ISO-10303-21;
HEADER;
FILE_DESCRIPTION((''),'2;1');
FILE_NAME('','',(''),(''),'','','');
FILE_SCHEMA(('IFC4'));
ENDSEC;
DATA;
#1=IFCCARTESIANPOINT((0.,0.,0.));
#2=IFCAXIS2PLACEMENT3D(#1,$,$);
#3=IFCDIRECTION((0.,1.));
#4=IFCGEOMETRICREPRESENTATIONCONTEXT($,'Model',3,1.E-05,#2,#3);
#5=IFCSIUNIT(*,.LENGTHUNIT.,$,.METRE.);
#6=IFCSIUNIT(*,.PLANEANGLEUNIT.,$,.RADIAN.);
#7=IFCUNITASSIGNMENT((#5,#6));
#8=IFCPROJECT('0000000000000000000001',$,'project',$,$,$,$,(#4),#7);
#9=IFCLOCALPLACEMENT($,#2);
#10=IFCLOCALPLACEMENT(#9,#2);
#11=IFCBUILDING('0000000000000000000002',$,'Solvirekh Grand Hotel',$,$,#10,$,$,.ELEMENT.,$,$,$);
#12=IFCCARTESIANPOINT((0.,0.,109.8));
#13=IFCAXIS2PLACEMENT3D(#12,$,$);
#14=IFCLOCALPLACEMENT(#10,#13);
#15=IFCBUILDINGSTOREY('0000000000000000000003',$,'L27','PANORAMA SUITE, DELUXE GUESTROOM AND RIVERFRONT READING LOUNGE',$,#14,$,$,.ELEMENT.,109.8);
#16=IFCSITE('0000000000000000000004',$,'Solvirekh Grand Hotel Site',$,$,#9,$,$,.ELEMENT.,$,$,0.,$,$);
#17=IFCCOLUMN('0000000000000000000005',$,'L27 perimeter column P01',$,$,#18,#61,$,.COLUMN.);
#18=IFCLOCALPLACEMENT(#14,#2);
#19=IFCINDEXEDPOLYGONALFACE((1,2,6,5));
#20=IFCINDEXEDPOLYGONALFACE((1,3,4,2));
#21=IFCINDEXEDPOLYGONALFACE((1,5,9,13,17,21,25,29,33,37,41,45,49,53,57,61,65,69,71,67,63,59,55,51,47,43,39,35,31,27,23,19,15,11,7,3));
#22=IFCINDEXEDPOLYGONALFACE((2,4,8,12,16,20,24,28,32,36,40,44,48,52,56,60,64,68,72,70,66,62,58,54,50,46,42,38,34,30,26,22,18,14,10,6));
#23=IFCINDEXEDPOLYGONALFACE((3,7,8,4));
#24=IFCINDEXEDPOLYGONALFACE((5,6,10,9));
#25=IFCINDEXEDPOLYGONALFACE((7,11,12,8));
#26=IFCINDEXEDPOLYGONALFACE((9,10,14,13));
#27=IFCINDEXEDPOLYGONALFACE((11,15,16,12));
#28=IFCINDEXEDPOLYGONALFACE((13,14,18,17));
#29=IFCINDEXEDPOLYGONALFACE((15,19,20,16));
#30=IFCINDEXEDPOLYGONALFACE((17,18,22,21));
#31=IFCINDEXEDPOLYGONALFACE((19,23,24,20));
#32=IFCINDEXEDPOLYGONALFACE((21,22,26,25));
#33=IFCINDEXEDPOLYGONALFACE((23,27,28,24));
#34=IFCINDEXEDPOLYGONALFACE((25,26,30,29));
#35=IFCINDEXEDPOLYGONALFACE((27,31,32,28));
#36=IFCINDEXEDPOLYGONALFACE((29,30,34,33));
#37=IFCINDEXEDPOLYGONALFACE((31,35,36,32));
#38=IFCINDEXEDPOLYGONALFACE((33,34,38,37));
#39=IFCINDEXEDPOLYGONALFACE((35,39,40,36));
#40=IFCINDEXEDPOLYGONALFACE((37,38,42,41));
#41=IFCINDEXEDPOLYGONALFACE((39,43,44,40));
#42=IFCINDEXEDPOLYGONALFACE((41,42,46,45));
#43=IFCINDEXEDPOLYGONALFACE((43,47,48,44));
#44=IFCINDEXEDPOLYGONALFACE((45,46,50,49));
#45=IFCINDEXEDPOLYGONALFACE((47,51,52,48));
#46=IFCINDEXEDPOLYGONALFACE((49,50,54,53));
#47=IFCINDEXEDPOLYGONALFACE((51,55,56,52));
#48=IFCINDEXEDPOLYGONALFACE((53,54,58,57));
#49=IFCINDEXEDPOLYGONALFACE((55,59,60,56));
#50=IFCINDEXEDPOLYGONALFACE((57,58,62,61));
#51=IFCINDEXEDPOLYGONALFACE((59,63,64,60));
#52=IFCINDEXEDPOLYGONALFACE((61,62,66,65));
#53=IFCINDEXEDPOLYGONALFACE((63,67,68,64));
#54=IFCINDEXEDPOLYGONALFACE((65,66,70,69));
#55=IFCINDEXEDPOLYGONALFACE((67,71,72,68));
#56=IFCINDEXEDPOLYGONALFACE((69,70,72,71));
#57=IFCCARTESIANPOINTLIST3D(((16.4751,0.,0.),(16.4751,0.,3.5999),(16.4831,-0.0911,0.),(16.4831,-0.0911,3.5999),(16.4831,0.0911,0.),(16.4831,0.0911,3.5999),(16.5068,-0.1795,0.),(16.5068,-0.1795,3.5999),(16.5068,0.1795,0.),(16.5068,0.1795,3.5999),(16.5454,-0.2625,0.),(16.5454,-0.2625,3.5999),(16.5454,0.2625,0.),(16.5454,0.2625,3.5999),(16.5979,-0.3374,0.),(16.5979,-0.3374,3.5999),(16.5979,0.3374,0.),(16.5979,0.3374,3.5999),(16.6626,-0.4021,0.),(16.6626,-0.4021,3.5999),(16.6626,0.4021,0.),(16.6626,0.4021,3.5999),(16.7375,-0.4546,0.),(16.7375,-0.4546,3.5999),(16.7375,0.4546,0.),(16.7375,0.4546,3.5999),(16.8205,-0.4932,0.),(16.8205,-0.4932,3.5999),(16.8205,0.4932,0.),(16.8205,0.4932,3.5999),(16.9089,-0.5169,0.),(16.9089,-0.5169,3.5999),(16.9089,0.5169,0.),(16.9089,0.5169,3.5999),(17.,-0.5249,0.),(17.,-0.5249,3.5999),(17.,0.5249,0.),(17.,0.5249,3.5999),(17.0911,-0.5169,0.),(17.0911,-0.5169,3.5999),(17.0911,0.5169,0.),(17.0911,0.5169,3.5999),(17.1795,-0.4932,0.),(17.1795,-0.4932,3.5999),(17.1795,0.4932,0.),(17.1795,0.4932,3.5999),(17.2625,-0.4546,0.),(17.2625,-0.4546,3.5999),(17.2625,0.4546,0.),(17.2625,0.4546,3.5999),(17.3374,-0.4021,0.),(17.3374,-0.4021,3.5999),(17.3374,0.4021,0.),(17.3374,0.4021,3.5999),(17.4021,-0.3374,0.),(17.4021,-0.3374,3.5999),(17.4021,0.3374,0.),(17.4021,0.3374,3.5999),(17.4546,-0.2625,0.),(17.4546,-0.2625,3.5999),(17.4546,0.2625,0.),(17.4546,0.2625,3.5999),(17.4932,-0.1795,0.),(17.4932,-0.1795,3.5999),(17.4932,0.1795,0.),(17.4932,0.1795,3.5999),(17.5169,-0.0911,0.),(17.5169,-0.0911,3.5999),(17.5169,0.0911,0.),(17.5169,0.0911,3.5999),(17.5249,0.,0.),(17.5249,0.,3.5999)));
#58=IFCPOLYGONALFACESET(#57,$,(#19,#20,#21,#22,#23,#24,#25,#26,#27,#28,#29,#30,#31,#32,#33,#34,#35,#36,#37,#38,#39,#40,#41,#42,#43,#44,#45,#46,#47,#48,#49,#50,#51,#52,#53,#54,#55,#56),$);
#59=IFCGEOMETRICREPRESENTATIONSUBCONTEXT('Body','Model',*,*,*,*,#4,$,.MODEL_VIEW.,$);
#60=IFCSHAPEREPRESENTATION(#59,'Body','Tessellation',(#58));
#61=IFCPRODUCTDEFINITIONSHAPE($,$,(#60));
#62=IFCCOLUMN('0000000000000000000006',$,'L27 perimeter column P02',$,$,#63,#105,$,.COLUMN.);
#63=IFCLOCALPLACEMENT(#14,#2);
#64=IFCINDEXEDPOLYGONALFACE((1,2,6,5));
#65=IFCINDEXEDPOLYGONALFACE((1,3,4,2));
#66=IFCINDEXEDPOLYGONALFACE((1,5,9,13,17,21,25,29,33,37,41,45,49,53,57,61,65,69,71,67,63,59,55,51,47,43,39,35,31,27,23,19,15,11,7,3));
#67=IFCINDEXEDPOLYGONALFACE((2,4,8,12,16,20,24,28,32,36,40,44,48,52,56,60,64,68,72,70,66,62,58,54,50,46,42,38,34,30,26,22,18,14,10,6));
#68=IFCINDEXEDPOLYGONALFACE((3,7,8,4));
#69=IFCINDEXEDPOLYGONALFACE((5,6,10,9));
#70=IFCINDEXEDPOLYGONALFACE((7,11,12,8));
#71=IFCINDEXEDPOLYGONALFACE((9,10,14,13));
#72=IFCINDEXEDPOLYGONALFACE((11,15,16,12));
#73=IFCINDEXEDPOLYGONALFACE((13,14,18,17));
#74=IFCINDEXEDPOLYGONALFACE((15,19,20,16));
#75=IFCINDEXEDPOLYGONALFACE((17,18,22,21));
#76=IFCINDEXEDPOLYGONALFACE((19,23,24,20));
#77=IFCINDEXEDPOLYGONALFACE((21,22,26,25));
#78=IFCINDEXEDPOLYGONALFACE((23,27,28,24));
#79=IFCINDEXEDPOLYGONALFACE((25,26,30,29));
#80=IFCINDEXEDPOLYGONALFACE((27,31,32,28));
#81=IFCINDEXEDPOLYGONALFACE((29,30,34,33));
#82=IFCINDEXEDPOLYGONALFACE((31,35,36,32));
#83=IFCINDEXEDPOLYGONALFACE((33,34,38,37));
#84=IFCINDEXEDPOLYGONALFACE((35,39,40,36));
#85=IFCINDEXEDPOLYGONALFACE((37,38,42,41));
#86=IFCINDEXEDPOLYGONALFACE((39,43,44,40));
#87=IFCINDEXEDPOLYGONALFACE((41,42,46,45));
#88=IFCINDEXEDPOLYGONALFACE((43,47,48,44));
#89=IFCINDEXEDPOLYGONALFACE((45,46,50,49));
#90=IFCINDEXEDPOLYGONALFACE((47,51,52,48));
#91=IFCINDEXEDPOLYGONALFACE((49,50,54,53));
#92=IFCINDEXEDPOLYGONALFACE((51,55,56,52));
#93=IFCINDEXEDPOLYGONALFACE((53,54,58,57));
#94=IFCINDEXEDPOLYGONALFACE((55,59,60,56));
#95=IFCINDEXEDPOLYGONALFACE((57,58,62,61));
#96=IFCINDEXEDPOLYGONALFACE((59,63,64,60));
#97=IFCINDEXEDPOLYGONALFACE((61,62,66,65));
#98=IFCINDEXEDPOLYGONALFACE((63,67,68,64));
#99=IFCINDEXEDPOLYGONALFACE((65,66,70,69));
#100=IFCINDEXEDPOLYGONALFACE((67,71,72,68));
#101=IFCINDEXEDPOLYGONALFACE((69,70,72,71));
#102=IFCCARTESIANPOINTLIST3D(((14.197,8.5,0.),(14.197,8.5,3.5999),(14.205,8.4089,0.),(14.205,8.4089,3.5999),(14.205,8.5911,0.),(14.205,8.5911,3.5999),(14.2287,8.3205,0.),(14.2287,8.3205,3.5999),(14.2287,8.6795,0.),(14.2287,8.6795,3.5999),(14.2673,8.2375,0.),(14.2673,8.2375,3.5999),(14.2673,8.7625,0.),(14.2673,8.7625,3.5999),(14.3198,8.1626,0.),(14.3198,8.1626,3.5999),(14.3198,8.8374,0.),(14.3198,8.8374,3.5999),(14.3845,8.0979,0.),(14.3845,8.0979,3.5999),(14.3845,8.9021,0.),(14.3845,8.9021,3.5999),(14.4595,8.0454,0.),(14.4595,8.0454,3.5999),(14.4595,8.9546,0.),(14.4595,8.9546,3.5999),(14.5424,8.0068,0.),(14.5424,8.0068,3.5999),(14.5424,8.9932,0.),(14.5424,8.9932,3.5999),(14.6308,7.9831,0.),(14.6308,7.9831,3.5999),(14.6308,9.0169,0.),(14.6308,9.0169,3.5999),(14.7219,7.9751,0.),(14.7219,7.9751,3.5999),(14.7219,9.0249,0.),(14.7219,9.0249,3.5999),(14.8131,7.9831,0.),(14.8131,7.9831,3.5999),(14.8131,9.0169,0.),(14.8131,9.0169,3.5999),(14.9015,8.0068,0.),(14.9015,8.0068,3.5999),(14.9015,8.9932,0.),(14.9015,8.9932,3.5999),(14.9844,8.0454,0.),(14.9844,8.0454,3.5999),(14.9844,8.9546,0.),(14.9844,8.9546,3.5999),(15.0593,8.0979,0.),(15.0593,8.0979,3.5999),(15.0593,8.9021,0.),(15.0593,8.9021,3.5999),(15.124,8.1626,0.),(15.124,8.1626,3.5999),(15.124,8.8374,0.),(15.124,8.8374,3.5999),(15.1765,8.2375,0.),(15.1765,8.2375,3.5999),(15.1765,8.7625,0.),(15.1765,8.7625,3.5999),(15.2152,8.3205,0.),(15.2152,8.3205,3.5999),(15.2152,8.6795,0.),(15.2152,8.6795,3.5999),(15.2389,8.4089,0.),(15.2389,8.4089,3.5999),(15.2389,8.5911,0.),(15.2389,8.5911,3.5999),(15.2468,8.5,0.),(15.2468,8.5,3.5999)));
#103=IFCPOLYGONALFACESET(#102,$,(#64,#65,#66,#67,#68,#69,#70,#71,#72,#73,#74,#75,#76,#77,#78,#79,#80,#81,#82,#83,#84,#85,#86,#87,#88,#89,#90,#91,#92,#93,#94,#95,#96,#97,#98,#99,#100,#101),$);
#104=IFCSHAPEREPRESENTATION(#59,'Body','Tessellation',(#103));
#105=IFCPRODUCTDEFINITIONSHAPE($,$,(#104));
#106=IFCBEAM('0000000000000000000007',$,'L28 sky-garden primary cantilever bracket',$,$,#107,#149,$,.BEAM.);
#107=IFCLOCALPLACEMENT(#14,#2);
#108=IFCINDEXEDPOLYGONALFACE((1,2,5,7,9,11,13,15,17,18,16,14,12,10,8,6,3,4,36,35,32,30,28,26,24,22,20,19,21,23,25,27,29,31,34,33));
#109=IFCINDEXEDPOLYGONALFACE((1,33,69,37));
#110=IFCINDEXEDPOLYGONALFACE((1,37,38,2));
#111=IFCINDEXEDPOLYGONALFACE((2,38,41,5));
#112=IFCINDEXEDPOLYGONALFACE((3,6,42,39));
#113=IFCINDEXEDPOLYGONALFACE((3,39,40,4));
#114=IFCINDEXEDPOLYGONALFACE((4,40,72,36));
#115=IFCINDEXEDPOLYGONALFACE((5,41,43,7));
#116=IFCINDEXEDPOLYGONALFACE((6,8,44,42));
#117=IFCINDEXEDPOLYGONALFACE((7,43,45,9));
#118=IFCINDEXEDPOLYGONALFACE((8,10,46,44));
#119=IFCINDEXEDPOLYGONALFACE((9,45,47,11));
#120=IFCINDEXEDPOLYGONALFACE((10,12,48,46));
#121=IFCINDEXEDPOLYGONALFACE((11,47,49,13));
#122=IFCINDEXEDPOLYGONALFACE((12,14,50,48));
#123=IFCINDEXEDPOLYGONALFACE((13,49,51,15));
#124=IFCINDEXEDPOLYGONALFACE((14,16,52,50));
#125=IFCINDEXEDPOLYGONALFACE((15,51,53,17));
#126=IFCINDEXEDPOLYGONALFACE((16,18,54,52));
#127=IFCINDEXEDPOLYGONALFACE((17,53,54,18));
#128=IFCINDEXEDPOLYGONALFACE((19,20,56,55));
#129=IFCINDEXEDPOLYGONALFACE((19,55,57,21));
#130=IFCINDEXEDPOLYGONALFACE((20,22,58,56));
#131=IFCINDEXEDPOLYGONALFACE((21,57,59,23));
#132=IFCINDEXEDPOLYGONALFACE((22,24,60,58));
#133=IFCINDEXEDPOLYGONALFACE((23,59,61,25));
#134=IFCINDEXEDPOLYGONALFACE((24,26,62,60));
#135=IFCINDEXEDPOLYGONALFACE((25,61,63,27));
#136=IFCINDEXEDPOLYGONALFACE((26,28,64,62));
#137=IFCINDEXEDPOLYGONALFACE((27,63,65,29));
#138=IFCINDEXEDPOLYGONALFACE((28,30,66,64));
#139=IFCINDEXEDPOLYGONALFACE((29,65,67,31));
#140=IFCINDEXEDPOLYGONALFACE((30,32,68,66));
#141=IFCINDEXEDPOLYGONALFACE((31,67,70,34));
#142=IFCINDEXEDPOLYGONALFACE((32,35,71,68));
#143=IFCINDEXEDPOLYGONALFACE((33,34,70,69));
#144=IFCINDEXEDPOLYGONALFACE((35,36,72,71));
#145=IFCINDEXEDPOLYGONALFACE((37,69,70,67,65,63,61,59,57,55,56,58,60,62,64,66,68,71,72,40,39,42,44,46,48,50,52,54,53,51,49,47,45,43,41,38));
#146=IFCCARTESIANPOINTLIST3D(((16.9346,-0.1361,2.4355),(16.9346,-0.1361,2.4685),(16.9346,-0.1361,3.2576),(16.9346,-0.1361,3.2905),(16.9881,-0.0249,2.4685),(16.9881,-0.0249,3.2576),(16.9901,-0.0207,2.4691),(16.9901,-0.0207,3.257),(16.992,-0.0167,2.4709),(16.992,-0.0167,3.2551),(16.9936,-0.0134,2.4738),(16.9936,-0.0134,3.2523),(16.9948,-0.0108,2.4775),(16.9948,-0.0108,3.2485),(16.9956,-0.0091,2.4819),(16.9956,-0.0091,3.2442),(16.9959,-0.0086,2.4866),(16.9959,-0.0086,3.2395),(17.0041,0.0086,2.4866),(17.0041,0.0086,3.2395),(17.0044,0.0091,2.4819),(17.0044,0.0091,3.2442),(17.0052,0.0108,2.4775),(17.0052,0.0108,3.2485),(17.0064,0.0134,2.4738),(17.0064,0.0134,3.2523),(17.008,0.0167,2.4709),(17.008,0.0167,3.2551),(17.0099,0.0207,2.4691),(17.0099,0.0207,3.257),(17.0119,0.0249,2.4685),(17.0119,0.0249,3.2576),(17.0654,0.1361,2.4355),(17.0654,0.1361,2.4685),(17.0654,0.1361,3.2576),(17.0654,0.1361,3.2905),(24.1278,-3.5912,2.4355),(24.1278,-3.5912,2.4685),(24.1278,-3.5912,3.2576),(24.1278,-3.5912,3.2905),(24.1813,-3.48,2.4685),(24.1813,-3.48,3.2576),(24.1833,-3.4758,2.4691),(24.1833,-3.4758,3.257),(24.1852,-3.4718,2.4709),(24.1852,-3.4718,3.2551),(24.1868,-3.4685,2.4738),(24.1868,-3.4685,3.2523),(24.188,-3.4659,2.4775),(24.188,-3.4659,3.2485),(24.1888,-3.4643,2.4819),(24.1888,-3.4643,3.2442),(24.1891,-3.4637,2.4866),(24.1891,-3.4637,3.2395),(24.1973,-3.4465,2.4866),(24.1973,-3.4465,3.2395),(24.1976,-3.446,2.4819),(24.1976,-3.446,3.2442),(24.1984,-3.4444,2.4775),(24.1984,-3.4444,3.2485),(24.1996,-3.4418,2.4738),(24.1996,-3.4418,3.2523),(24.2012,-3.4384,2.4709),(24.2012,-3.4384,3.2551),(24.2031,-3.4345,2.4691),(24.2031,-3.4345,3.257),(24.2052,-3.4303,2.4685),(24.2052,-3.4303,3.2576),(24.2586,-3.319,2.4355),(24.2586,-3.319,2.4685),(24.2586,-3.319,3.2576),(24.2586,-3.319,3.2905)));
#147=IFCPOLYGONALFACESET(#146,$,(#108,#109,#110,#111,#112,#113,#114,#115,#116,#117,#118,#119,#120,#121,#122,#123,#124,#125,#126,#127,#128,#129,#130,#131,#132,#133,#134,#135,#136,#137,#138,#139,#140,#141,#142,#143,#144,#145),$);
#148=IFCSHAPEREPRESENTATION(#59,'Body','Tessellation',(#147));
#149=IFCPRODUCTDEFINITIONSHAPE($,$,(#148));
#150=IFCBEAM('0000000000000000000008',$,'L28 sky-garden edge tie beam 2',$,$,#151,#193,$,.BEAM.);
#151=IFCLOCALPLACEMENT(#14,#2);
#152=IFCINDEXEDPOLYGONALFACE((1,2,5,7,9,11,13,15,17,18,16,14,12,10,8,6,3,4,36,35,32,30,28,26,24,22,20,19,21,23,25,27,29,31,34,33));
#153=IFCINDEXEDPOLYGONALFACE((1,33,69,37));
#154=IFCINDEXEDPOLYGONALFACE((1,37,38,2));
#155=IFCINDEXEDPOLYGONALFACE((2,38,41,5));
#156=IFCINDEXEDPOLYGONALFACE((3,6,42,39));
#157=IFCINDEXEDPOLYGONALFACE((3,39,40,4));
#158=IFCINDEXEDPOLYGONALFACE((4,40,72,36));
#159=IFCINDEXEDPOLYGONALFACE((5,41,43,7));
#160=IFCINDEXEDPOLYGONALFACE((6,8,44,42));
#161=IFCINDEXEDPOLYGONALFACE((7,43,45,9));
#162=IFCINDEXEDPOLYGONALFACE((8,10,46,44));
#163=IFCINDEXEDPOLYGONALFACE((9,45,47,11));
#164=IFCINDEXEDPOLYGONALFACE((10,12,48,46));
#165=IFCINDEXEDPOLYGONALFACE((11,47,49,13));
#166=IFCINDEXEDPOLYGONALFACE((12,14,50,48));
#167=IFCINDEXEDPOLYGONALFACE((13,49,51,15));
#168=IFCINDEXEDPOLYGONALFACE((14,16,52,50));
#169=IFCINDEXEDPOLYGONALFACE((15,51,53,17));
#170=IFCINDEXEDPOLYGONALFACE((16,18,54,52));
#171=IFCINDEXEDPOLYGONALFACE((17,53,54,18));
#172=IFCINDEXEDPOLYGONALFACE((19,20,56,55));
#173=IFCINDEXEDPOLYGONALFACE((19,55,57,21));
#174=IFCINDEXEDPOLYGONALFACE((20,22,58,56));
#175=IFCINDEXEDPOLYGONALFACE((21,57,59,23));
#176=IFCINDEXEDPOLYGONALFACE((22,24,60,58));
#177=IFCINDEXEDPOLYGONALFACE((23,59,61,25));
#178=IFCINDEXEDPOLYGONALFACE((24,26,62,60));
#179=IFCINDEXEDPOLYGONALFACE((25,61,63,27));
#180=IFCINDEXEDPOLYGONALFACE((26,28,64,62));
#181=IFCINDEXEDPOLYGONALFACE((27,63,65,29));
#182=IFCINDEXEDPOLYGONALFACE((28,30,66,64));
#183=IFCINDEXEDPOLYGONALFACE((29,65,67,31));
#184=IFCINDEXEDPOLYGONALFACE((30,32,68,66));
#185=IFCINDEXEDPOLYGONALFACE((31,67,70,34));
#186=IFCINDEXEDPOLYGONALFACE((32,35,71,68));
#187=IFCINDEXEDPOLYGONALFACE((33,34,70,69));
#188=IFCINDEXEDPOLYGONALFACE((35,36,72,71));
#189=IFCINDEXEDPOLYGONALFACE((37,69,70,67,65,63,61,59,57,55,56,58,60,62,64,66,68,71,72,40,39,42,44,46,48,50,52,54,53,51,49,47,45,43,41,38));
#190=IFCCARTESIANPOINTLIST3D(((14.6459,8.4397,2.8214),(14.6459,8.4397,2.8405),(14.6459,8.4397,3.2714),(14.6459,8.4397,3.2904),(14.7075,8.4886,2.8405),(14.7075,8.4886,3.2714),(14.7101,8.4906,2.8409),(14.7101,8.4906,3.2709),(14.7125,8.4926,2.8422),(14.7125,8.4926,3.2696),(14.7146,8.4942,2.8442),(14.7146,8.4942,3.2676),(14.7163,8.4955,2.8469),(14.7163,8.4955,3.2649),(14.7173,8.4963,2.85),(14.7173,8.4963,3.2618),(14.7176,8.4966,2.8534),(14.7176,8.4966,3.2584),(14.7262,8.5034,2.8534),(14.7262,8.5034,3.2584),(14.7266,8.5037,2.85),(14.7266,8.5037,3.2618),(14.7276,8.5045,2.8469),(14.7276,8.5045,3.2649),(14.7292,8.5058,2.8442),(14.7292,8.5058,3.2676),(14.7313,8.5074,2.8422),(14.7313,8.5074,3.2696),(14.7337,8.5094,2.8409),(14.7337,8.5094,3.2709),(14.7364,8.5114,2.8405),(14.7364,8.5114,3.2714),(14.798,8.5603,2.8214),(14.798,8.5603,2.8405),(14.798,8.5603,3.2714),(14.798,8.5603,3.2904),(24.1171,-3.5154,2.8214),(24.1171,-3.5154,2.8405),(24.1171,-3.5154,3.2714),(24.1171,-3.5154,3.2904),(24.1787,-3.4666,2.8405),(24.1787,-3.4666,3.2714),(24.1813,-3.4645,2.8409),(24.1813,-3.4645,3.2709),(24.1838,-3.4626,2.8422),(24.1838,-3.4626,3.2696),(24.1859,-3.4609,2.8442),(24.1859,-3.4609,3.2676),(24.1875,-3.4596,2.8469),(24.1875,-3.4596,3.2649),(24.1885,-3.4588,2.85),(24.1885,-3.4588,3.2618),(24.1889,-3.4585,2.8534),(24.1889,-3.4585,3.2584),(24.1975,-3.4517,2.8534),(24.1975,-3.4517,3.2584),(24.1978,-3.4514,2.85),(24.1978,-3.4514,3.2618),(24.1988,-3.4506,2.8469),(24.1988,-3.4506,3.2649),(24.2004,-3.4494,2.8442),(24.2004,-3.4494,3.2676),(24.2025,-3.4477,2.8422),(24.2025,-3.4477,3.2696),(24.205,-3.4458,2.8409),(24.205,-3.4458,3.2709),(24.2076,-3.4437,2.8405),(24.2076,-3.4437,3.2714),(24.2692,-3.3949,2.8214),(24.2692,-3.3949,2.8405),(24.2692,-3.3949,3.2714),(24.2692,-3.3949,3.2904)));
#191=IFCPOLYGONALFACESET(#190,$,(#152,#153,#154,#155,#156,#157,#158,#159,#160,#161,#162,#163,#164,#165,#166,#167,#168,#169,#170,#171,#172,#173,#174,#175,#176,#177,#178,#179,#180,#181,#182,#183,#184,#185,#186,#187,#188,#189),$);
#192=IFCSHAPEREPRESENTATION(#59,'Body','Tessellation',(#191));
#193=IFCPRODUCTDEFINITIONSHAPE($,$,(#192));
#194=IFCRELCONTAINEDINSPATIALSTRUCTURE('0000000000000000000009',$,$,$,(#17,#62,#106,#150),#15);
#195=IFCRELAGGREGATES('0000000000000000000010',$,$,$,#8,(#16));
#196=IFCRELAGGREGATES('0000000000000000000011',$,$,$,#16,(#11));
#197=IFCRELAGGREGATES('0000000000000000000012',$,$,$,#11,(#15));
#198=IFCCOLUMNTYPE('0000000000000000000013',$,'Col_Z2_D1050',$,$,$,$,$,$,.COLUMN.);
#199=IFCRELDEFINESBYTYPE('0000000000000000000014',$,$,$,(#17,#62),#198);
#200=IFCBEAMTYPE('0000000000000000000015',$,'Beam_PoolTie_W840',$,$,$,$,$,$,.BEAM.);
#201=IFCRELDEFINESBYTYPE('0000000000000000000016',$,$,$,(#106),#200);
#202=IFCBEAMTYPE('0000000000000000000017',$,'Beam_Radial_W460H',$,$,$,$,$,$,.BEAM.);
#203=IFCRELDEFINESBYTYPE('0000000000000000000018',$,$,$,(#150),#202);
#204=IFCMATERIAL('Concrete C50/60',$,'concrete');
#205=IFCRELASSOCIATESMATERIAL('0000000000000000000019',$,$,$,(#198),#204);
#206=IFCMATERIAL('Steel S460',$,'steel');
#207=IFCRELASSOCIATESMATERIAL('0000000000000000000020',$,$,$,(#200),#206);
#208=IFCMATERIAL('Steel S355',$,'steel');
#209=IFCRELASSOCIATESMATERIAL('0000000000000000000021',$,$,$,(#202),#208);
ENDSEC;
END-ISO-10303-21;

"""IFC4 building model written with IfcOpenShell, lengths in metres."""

from ifc_helpers import new_model, si_unit, direction, frame, origin, origin_2d, place, context, subcontext, project, spatial, circle, i_section, extrude, material, material_profile, profile_set, type_object, element, save


model = new_model("IFC4")

# Units and contexts
model_context = context("Model", 3, precision=1e-05, world=origin(), true_north=direction((0.0, 1.0)))
body_context = subcontext(model_context, "Body", "Model", "MODEL_VIEW")
ifc_project = project(units=[si_unit("LENGTHUNIT", "METRE"), si_unit("PLANEANGLEUNIT", "RADIAN")], contexts=[model_context])

# Site, building, storey
site_placement = place(None, origin())
site = spatial("IfcSite", under=ifc_project, at=site_placement, Name="Solvirekh Grand Hotel Site", CompositionType="ELEMENT", RefElevation=0.0)
building_placement = place(site_placement, origin())
building = spatial("IfcBuilding", under=site, at=building_placement, Name="Solvirekh Grand Hotel", CompositionType="ELEMENT")
storey_placement = place(building_placement, frame((0.0, 0.0, 109.8)))
storey = spatial("IfcBuildingStorey", under=building, at=storey_placement, Name="L27", Description="PANORAMA SUITE, DELUXE GUESTROOM AND RIVERFRONT READING LOUNGE", CompositionType="ELEMENT", Elevation=109.8)

# Columns
ifc_material_1 = material(Name="Concrete C50/60", Category="concrete")
ifc_material_profile_1 = material_profile(ifc_material_1, circle(Radius=0.5249, at=origin_2d()), Name="RC CIRC D1050")
ifc_profile_set_1 = profile_set([ifc_material_profile_1], Name="Concrete C50/60")
column_type = type_object("IfcColumnType", Name="Col_Z2_D1050", PredefinedType="COLUMN", material=ifc_profile_set_1)
for number, where, z_axis, x_axis, name in (
    (1, (17.0, 0.0, 0.0), (0.0, 0.0, 1.0), (1.0, 0.0, 0.0), "L27 perimeter column P01"),
    (2, (14.7219, 8.5, 0.0), (0.0, 0.0, 1.0), (1.0, 0.0, 0.0), "L27 perimeter column P02"),
):
    element("IfcColumn", number, at=place(storey_placement, frame(where, z_axis=z_axis, x_axis=x_axis)), inside=storey, type_object=column_type, Name=name, PredefinedType="COLUMN", context=body_context, shape_type="SweptSolid", body=[
        extrude(circle(Radius=0.5249, at=origin_2d()), origin(), (0.0, 0.0, 1.0), 3.5999),
    ])

# Beams
ifc_material_2 = material(Name="Steel S460", Category="steel")
ifc_material_profile_2 = material_profile(ifc_material_2, i_section(OverallWidth=0.302, OverallDepth=0.855, WebThickness=0.019, FlangeThickness=0.033, FilletRadius=0.0181, at=origin_2d()), Name="W840X299")
ifc_profile_set_2 = profile_set([ifc_material_profile_2], Name="Steel S460")
beam_type_1 = type_object("IfcBeamType", Name="Beam_PoolTie_W840", PredefinedType="BEAM", material=ifc_profile_set_2)
beam_1_placement = place(storey_placement, frame((17.0, 0.0, 2.863), z_axis=(0.901407, -0.432974, 0.0), x_axis=(0.432974, 0.901407, 0.0)))
element("IfcBeam", 3, at=beam_1_placement, inside=storey, type_object=beam_type_1, Name="L28 sky-garden primary cantilever bracket", PredefinedType="BEAM", context=body_context, shape_type="SweptSolid", body=[
    extrude(i_section(OverallWidth=0.302, OverallDepth=0.855, WebThickness=0.019, FlangeThickness=0.033, FilletRadius=0.0181, at=origin_2d()), origin(), (0.0, 0.0, 1.0), 7.98),
])
ifc_material_3 = material(Name="Steel S355", Category="steel")
ifc_material_profile_3 = material_profile(ifc_material_3, i_section(OverallWidth=0.1941, OverallDepth=0.469, WebThickness=0.011, FlangeThickness=0.019, FilletRadius=0.0129, at=origin_2d()), Name="W460X106")
ifc_profile_set_3 = profile_set([ifc_material_profile_3], Name="Steel S355")
beam_type_2 = type_object("IfcBeamType", Name="Beam_Radial_W460H", PredefinedType="BEAM", material=ifc_profile_set_3)
beam_2_placement = place(storey_placement, frame((14.7219, 8.5, 3.0559), z_axis=(0.620975, -0.78383, 0.0), x_axis=(0.78383, 0.620975, 0.0)))
element("IfcBeam", 4, at=beam_2_placement, inside=storey, type_object=beam_type_2, Name="L28 sky-garden edge tie beam 2", PredefinedType="BEAM", context=body_context, shape_type="SweptSolid", body=[
    extrude(i_section(OverallWidth=0.1941, OverallDepth=0.469, WebThickness=0.011, FlangeThickness=0.019, FilletRadius=0.0129, at=origin_2d()), origin(), (0.0, 0.0, 1.0), 15.2522),
])

save(model, "model.ifc")
